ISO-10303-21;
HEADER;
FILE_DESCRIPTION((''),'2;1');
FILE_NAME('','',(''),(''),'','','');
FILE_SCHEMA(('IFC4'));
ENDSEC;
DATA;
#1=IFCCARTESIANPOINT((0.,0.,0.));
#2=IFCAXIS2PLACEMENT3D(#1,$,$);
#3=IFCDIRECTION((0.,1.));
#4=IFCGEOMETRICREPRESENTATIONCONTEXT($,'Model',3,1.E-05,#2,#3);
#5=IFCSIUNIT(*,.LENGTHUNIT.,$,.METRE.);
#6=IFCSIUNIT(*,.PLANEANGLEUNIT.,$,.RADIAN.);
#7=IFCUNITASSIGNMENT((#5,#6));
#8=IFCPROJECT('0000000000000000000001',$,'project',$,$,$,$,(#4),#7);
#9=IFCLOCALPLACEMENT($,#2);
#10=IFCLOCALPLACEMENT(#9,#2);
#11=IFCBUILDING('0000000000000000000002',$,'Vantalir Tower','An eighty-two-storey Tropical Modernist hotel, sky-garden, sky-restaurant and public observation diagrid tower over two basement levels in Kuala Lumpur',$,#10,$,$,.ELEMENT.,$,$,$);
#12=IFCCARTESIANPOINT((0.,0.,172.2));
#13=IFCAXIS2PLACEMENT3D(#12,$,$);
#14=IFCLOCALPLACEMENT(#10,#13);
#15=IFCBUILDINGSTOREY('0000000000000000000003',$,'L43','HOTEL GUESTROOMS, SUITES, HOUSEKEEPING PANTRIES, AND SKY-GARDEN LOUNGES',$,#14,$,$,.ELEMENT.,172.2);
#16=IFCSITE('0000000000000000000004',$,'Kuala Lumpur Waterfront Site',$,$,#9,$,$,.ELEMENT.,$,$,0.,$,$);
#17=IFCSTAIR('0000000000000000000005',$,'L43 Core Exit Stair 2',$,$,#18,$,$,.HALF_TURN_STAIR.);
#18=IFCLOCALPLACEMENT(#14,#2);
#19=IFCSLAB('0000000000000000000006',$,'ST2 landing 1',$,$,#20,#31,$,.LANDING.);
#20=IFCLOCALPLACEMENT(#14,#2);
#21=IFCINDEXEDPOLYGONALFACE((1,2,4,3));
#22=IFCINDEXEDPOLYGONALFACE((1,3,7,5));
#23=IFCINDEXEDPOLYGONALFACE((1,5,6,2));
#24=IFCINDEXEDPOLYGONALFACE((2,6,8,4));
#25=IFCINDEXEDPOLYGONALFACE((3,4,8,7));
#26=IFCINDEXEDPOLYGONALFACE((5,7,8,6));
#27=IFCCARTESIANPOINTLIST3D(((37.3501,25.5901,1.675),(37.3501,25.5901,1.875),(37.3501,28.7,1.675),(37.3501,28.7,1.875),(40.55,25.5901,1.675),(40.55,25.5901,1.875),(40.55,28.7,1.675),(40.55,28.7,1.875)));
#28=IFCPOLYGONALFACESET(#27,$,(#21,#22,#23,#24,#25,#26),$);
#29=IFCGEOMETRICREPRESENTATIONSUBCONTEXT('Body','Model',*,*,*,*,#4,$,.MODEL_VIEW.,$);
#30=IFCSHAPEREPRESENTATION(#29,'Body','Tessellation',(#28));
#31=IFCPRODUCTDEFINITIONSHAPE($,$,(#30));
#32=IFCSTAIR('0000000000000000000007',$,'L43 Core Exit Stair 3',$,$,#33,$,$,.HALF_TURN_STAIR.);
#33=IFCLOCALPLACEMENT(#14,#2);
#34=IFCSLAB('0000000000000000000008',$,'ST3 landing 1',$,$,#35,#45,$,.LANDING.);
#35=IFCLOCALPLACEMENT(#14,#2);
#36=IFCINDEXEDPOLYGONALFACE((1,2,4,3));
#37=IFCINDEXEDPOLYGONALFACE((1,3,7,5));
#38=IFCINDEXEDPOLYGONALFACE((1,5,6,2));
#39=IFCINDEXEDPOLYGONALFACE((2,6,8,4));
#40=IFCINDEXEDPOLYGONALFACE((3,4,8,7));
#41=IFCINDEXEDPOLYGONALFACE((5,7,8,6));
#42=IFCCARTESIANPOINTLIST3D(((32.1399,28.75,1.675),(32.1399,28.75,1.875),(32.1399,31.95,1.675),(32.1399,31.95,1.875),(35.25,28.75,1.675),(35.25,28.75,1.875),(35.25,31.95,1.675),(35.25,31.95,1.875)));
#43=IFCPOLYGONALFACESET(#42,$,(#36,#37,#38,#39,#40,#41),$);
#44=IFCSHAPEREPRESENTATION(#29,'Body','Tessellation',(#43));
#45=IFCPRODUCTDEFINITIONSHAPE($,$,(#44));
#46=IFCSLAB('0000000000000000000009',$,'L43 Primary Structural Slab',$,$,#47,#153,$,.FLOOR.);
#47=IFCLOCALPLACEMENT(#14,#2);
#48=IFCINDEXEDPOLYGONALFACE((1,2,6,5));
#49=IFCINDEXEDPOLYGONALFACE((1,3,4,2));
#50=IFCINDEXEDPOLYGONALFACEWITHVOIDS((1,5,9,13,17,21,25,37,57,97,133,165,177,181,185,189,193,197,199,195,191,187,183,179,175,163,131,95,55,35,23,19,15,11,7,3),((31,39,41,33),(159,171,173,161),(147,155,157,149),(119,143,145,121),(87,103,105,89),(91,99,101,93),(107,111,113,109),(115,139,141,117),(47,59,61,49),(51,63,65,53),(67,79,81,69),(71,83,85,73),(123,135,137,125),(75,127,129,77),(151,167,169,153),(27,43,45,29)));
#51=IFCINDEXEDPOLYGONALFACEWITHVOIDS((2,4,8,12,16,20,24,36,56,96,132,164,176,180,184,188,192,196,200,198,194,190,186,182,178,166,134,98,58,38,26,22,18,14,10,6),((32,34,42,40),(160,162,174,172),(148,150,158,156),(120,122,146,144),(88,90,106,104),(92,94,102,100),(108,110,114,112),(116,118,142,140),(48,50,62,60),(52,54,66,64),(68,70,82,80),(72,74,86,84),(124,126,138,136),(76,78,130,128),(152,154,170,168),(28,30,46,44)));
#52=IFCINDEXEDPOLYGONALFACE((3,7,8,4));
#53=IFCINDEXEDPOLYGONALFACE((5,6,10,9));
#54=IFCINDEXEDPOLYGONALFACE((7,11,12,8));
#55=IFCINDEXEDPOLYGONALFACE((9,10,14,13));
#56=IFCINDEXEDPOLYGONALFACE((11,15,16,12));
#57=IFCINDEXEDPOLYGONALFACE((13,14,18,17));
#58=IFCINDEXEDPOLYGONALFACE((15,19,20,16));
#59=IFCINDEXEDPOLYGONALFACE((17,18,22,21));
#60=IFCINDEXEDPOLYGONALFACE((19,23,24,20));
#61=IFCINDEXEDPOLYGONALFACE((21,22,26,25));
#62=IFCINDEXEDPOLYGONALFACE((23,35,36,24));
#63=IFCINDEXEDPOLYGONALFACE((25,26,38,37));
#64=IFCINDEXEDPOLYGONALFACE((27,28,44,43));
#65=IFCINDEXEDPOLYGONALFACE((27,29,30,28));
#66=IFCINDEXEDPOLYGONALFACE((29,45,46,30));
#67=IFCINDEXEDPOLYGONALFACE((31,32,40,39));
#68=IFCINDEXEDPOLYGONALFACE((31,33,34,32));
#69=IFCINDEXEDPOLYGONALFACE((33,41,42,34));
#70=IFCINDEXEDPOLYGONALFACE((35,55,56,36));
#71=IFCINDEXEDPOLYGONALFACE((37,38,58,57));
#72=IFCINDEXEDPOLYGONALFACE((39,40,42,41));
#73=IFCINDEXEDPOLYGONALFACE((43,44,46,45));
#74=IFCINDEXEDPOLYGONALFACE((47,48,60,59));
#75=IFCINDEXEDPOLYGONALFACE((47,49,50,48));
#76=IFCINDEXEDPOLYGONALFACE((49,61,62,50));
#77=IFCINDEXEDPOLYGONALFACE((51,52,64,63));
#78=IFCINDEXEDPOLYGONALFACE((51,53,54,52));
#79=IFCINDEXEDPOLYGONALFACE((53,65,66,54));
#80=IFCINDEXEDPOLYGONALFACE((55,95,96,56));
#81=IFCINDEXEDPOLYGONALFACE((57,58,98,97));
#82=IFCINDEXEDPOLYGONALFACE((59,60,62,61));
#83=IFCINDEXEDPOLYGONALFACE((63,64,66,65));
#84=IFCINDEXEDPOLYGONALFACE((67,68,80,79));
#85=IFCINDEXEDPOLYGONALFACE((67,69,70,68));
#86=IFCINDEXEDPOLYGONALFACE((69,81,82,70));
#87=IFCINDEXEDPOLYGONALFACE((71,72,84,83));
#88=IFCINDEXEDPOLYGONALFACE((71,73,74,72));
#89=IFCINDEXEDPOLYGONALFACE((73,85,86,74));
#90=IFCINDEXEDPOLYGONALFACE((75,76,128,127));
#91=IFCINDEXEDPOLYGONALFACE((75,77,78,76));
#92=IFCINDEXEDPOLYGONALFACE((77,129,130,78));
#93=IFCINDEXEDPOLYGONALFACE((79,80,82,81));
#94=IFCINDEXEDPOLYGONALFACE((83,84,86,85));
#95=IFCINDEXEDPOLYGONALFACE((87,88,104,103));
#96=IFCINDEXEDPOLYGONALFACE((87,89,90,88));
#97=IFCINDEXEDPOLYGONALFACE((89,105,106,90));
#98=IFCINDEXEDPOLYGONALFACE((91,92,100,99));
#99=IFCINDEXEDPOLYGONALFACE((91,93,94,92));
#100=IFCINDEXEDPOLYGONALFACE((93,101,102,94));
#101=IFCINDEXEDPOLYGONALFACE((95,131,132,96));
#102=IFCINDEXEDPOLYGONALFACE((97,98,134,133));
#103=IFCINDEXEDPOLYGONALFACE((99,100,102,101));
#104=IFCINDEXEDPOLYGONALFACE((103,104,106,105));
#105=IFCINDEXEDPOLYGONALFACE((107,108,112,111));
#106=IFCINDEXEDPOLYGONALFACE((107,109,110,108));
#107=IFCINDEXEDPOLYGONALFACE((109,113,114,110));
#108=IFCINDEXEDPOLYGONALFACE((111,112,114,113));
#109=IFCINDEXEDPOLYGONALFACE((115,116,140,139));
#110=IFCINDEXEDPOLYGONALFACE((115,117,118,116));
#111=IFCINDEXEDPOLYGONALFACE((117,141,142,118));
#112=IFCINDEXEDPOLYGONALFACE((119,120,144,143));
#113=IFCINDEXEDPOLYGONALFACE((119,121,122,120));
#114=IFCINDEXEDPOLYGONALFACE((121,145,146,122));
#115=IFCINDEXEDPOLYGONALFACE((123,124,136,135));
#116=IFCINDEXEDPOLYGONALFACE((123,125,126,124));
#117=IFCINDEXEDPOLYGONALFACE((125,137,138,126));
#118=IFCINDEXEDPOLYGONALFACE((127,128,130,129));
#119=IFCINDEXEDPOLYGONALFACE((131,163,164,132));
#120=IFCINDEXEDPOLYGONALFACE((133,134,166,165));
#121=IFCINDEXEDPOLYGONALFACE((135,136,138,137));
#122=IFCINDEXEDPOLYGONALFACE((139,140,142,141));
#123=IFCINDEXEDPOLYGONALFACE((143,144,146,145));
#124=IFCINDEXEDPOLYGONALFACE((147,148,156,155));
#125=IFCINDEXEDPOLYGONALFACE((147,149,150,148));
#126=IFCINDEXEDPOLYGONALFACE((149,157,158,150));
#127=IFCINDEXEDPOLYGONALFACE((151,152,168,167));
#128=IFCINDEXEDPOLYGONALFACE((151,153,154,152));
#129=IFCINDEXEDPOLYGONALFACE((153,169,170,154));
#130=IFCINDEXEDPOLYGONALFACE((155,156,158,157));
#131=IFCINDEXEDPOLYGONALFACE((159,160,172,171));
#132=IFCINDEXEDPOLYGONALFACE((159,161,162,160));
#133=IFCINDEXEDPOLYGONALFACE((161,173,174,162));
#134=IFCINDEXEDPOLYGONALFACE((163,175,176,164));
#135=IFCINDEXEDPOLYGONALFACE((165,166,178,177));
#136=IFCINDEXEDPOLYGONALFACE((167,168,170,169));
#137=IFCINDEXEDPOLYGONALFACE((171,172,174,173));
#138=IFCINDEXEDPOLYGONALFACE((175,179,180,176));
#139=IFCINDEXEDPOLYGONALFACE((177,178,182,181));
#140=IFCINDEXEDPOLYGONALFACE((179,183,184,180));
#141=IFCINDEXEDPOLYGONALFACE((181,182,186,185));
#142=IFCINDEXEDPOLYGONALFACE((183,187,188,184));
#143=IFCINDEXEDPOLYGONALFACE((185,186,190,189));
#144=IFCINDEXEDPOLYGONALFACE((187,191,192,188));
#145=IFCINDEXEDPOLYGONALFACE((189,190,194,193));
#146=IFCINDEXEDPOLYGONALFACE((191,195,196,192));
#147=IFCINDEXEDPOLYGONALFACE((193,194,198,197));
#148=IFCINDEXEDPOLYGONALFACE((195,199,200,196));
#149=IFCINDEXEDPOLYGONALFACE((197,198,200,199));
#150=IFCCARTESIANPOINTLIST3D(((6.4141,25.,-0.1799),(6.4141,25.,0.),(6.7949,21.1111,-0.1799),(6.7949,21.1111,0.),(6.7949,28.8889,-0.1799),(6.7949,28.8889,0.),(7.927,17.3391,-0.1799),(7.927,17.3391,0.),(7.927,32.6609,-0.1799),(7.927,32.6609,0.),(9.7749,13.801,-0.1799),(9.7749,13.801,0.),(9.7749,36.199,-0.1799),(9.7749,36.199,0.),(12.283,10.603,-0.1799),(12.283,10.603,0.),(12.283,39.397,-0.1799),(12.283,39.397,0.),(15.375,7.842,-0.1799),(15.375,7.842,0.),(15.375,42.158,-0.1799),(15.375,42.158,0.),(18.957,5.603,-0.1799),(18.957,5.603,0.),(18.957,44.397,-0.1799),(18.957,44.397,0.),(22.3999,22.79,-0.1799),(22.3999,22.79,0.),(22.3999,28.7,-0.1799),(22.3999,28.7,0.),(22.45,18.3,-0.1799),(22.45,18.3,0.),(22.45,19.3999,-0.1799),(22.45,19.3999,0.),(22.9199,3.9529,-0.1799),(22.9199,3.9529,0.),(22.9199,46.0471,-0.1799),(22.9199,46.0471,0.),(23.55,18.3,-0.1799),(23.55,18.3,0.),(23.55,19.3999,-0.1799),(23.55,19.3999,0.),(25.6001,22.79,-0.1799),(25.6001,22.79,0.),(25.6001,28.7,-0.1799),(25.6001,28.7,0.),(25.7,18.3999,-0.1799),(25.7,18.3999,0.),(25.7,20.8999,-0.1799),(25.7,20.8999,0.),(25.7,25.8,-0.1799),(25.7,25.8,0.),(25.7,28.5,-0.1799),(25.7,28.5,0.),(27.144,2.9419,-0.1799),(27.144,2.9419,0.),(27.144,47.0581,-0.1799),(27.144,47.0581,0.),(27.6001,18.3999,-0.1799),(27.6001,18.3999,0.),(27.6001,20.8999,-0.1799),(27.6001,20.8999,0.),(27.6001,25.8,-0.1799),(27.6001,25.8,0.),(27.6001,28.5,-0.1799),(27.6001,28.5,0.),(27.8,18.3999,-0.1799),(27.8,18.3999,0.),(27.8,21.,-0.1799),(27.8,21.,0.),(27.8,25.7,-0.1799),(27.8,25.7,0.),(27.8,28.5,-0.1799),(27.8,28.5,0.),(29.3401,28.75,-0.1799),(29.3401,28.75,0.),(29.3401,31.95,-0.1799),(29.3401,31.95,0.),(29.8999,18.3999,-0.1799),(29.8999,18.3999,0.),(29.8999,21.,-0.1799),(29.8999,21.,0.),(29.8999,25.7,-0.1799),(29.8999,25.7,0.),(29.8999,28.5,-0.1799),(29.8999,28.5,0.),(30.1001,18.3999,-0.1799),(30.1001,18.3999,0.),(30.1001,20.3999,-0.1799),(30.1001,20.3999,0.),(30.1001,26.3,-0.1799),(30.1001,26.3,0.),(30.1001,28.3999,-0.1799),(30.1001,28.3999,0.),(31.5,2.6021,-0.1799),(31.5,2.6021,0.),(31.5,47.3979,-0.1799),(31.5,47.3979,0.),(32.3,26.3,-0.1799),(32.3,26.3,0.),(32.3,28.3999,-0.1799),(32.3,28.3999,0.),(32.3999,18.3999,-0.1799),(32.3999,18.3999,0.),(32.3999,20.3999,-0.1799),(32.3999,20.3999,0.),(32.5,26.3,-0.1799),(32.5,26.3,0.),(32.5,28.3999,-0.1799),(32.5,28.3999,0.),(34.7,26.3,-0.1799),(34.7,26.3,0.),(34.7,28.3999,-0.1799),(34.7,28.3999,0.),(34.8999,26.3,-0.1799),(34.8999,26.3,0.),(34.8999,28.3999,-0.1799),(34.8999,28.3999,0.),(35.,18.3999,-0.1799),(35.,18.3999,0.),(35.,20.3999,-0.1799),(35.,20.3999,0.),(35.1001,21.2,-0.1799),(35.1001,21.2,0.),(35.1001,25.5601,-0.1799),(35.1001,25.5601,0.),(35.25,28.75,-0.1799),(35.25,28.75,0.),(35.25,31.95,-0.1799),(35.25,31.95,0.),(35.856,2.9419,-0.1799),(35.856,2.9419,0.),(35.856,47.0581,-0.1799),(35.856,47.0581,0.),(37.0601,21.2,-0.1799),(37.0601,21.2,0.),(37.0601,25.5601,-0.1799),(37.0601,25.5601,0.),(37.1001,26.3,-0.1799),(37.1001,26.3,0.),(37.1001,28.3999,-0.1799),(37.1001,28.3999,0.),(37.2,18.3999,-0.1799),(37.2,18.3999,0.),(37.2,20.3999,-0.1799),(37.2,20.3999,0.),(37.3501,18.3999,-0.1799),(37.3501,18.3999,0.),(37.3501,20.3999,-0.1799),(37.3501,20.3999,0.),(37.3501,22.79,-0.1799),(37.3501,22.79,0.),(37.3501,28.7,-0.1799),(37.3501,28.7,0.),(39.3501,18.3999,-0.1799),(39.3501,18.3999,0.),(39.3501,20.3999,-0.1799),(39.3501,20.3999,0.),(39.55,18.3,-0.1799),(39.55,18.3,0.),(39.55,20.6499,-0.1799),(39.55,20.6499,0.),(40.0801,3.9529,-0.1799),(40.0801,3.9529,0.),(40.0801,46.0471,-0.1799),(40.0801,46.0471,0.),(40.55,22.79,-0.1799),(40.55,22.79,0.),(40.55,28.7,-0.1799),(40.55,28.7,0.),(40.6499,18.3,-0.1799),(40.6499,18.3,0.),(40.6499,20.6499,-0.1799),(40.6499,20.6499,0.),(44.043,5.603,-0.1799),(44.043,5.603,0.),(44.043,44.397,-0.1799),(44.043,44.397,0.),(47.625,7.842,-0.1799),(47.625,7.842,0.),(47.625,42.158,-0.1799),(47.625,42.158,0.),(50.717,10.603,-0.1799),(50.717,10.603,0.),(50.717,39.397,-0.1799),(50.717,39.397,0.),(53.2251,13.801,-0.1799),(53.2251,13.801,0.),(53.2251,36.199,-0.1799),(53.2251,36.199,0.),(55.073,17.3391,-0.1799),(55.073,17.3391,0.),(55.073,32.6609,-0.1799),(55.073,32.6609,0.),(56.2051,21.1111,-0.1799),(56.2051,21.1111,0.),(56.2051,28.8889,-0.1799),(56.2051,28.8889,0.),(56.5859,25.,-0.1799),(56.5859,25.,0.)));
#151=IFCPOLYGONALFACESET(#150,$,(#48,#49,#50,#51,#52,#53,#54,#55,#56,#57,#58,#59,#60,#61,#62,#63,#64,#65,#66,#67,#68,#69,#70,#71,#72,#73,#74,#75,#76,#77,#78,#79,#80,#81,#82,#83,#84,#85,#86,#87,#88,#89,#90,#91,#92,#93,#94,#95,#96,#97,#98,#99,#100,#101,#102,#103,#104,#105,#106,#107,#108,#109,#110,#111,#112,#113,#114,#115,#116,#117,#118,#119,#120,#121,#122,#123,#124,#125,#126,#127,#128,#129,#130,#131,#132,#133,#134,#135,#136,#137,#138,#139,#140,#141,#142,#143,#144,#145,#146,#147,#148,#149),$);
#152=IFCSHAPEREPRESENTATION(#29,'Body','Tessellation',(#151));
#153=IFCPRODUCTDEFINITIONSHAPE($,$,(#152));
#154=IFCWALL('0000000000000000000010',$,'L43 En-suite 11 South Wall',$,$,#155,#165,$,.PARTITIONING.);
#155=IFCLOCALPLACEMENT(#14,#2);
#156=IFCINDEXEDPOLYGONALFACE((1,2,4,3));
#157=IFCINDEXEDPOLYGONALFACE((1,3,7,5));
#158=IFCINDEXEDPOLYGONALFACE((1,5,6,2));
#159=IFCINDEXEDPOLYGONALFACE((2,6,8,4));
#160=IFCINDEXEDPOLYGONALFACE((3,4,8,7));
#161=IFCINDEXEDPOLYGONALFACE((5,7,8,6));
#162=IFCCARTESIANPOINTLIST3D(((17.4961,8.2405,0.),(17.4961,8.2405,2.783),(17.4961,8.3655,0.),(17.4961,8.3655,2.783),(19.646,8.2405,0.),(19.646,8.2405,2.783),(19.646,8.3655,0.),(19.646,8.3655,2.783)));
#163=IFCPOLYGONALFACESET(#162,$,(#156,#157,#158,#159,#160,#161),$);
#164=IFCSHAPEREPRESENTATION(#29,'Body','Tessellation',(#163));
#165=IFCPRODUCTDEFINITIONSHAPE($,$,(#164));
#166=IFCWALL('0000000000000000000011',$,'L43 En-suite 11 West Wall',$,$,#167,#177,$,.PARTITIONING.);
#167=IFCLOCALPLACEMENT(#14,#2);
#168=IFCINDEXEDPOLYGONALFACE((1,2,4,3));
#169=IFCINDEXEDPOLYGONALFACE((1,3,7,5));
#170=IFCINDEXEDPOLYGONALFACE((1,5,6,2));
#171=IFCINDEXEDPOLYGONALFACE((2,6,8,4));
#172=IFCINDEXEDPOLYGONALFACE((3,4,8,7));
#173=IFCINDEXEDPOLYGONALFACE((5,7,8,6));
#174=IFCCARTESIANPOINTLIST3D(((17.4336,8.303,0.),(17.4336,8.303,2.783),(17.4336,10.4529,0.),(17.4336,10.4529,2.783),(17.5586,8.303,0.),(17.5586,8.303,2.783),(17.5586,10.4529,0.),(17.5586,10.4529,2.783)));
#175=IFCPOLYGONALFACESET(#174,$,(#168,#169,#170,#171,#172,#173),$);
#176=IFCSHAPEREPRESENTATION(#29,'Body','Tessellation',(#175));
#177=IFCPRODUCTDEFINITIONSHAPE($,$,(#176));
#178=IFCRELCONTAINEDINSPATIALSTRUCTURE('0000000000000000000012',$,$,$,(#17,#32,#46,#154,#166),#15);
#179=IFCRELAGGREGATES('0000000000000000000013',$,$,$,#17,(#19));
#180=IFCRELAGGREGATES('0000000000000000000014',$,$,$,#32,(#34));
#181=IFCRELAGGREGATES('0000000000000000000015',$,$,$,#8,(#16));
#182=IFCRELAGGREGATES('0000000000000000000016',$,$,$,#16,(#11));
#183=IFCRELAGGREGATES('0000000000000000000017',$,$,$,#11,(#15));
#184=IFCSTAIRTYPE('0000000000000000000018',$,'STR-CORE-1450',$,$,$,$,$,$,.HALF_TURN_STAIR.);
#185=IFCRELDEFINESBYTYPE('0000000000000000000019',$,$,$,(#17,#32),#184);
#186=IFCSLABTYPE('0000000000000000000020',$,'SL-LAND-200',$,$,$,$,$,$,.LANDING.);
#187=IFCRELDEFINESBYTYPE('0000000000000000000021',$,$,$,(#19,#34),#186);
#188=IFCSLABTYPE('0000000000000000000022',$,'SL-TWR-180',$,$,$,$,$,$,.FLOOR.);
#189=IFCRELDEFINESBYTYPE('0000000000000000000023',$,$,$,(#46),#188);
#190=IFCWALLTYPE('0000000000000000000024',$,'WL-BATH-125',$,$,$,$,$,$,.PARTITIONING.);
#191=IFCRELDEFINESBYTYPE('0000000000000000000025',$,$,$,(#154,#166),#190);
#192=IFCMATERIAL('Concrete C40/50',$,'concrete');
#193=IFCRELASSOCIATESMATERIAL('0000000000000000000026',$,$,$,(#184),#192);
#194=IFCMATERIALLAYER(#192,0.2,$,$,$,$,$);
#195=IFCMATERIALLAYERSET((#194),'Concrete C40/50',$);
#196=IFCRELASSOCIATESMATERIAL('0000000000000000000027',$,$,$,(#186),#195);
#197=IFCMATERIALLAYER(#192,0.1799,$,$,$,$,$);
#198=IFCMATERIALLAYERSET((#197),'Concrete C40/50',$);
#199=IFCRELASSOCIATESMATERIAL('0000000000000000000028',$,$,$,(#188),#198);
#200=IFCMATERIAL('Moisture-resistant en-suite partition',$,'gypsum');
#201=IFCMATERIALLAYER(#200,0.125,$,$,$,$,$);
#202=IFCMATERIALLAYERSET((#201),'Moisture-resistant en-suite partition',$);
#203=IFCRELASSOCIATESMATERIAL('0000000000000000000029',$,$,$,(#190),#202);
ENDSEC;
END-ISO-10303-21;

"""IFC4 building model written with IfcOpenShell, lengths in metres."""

from ifc_helpers import new_model, si_unit, direction, frame, frame_2d, origin, place, context, subcontext, project, spatial, polyline, rectangle, outline, extrude, material, layer, layer_set, type_object, element, aggregate, save


model = new_model("IFC4")

# Units and contexts
model_context = context("Model", 3, precision=1e-05, world=origin(), true_north=direction((0.0, 1.0)))
body_context = subcontext(model_context, "Body", "Model", "MODEL_VIEW")
ifc_project = project(units=[si_unit("LENGTHUNIT", "METRE"), si_unit("PLANEANGLEUNIT", "RADIAN")], contexts=[model_context])

# Site, building, storey
site_placement = place(None, origin())
site = spatial("IfcSite", under=ifc_project, at=site_placement, Name="Kuala Lumpur Waterfront Site", CompositionType="ELEMENT", RefElevation=0.0)
building_placement = place(site_placement, origin())
building = spatial("IfcBuilding", under=site, at=building_placement, Name="Vantalir Tower", Description="An eighty-two-storey Tropical Modernist hotel, sky-garden, sky-restaurant and public observation diagrid tower over two basement levels in Kuala Lumpur", CompositionType="ELEMENT")
storey_placement = place(building_placement, frame((0.0, 0.0, 172.2)))
storey = spatial("IfcBuildingStorey", under=building, at=storey_placement, Name="L43", Description="HOTEL GUESTROOMS, SUITES, HOUSEKEEPING PANTRIES, AND SKY-GARDEN LOUNGES", CompositionType="ELEMENT", Elevation=172.2)

# Stairs, slabs
ifc_material_1 = material(Name="Concrete C40/50", Category="concrete")
stair_type = type_object("IfcStairType", Name="STR-CORE-1450", PredefinedType="HALF_TURN_STAIR", material=ifc_material_1)
ifc_layer_1 = layer(ifc_material_1, 0.2)
ifc_layer_set_1 = layer_set([ifc_layer_1], Name="Concrete C40/50")
slab_type_1 = type_object("IfcSlabType", Name="SL-LAND-200", PredefinedType="LANDING", material=ifc_layer_set_1)
stair_1_placement = place(storey_placement, origin())
stair_1 = element("IfcStair", 1, at=stair_1_placement, inside=storey, type_object=stair_type, Name="L43 Core Exit Stair 2", PredefinedType="HALF_TURN_STAIR")
slab_1_placement = place(storey_placement, frame((0.0, 0.0, 1.675)))
slab_1 = element("IfcSlab", 2, at=slab_1_placement, type_object=slab_type_1, Name="ST2 landing 1", PredefinedType="LANDING", context=body_context, shape_type="SweptSolid", body=[
    extrude(outline(polyline([(40.55, 25.5901), (40.55, 28.7), (37.3501, 28.7), (37.3501, 25.5901), (40.55, 25.5901)])), origin(), (0.0, 0.0, 1.0), 0.2),
])
aggregate(stair_1, [slab_1])
stair_2_placement = place(storey_placement, origin())
stair_2 = element("IfcStair", 3, at=stair_2_placement, inside=storey, type_object=stair_type, Name="L43 Core Exit Stair 3", PredefinedType="HALF_TURN_STAIR")
slab_2_placement = place(storey_placement, frame((0.0, 0.0, 1.675)))
slab_2 = element("IfcSlab", 4, at=slab_2_placement, type_object=slab_type_1, Name="ST3 landing 1", PredefinedType="LANDING", context=body_context, shape_type="SweptSolid", body=[
    extrude(outline(polyline([(32.1399, 28.75), (35.25, 28.75), (35.25, 31.95), (32.1399, 31.95), (32.1399, 28.75)])), origin(), (0.0, 0.0, 1.0), 0.2),
])
aggregate(stair_2, [slab_2])

# Slab
ifc_layer_2 = layer(ifc_material_1, 0.1799)
ifc_layer_set_2 = layer_set([ifc_layer_2], Name="Concrete C40/50")
slab_type_2 = type_object("IfcSlabType", Name="SL-TWR-180", PredefinedType="FLOOR", material=ifc_layer_set_2)
slab_3_placement = place(storey_placement, frame((0.0, 0.0, -0.1799)))
element("IfcSlab", 5, at=slab_3_placement, inside=storey, type_object=slab_type_2, Name="L43 Primary Structural Slab", PredefinedType="FLOOR", context=body_context, shape_type="SweptSolid", body=[
    extrude(outline(polyline([(9.7749, 13.801), (12.283, 10.603), (15.375, 7.842), (18.957, 5.603), (22.9199, 3.9529), (27.144, 2.9419), (31.5, 2.6021), (35.856, 2.9419), (40.0801, 3.9529), (44.043, 5.603), (47.625, 7.842), (50.717, 10.603), (53.2251, 13.801), (55.073, 17.3391), (56.2051, 21.1111), (56.5859, 25.0), (56.2051, 28.8889), (55.073, 32.6609), (53.2251, 36.199), (50.717, 39.397), (47.625, 42.158), (44.043, 44.397), (40.0801, 46.0471), (35.856, 47.0581), (31.5, 47.3979), (27.144, 47.0581), (22.9199, 46.0471), (18.957, 44.397), (15.375, 42.158), (12.283, 39.397), (9.7749, 36.199), (7.927, 32.6609), (6.7949, 28.8889), (6.4141, 25.0), (6.7949, 21.1111), (7.927, 17.3391), (9.7749, 13.801)]), holes=[polyline([(22.3999, 22.79), (22.3999, 28.7), (25.6001, 28.7), (25.6001, 22.79), (22.3999, 22.79)]), polyline([(37.3501, 28.7), (40.55, 28.7), (40.55, 22.79), (37.3501, 22.79), (37.3501, 28.7)]), polyline([(35.25, 28.75), (29.3401, 28.75), (29.3401, 31.95), (35.25, 31.95), (35.25, 28.75)]), polyline([(27.6001, 18.3999), (25.7, 18.3999), (25.7, 20.8999), (27.6001, 20.8999), (27.6001, 18.3999)]), polyline([(25.7, 25.8), (25.7, 28.5), (27.6001, 28.5), (27.6001, 25.8), (25.7, 25.8)]), polyline([(27.8, 21.0), (29.8999, 21.0), (29.8999, 18.3999), (27.8, 18.3999), (27.8, 21.0)]), polyline([(29.8999, 28.5), (29.8999, 25.7), (27.8, 25.7), (27.8, 28.5), (29.8999, 28.5)]), polyline([(32.3999, 18.3999), (30.1001, 18.3999), (30.1001, 20.3999), (32.3999, 20.3999), (32.3999, 18.3999)]), polyline([(37.3501, 18.3999), (37.3501, 20.3999), (39.3501, 20.3999), (39.3501, 18.3999), (37.3501, 18.3999)]), polyline([(35.0, 20.3999), (37.2, 20.3999), (37.2, 18.3999), (35.0, 18.3999), (35.0, 20.3999)]), polyline([(32.3, 28.3999), (32.3, 26.3), (30.1001, 26.3), (30.1001, 28.3999), (32.3, 28.3999)]), polyline([(34.7, 26.3), (32.5, 26.3), (32.5, 28.3999), (34.7, 28.3999), (34.7, 26.3)]), polyline([(34.8999, 26.3), (34.8999, 28.3999), (37.1001, 28.3999), (37.1001, 26.3), (34.8999, 26.3)]), polyline([(35.1001, 25.5601), (37.0601, 25.5601), (37.0601, 21.2), (35.1001, 21.2), (35.1001, 25.5601)]), polyline([(23.55, 19.3999), (23.55, 18.3), (22.45, 18.3), (22.45, 19.3999), (23.55, 19.3999)]), polyline([(40.6499, 18.3), (39.55, 18.3), (39.55, 20.6499), (40.6499, 20.6499), (40.6499, 18.3)])]), origin(), (0.0, 0.0, 1.0), 0.1799),
])

# Walls
ifc_material_2 = material(Name="Moisture-resistant en-suite partition", Category="gypsum")
ifc_layer_3 = layer(ifc_material_2, 0.125)
ifc_layer_set_3 = layer_set([ifc_layer_3], Name="Moisture-resistant en-suite partition")
wall_type = type_object("IfcWallType", Name="WL-BATH-125", PredefinedType="PARTITIONING", material=ifc_layer_set_3)
for number, where, z_axis, x_axis, name in (
    (6, (17.4961, 8.303, 0.0), (0.0, 0.0, 1.0), (1.0, 0.0, 0.0), "L43 En-suite 11 South Wall"),
    (7, (17.4961, 8.303, 0.0), (0.0, 0.0, 1.0), (0.0, 1.0, 0.0), "L43 En-suite 11 West Wall"),
):
    element("IfcWall", number, at=place(storey_placement, frame(where, z_axis=z_axis, x_axis=x_axis)), inside=storey, type_object=wall_type, Name=name, PredefinedType="PARTITIONING", context=body_context, shape_type="SweptSolid", body=[
        extrude(rectangle(XDim=2.1499, YDim=0.125, at=frame_2d((1.075, 0.0))), origin(), (0.0, 0.0, 1.0), 2.783),
    ])

save(model, "model.ifc")
